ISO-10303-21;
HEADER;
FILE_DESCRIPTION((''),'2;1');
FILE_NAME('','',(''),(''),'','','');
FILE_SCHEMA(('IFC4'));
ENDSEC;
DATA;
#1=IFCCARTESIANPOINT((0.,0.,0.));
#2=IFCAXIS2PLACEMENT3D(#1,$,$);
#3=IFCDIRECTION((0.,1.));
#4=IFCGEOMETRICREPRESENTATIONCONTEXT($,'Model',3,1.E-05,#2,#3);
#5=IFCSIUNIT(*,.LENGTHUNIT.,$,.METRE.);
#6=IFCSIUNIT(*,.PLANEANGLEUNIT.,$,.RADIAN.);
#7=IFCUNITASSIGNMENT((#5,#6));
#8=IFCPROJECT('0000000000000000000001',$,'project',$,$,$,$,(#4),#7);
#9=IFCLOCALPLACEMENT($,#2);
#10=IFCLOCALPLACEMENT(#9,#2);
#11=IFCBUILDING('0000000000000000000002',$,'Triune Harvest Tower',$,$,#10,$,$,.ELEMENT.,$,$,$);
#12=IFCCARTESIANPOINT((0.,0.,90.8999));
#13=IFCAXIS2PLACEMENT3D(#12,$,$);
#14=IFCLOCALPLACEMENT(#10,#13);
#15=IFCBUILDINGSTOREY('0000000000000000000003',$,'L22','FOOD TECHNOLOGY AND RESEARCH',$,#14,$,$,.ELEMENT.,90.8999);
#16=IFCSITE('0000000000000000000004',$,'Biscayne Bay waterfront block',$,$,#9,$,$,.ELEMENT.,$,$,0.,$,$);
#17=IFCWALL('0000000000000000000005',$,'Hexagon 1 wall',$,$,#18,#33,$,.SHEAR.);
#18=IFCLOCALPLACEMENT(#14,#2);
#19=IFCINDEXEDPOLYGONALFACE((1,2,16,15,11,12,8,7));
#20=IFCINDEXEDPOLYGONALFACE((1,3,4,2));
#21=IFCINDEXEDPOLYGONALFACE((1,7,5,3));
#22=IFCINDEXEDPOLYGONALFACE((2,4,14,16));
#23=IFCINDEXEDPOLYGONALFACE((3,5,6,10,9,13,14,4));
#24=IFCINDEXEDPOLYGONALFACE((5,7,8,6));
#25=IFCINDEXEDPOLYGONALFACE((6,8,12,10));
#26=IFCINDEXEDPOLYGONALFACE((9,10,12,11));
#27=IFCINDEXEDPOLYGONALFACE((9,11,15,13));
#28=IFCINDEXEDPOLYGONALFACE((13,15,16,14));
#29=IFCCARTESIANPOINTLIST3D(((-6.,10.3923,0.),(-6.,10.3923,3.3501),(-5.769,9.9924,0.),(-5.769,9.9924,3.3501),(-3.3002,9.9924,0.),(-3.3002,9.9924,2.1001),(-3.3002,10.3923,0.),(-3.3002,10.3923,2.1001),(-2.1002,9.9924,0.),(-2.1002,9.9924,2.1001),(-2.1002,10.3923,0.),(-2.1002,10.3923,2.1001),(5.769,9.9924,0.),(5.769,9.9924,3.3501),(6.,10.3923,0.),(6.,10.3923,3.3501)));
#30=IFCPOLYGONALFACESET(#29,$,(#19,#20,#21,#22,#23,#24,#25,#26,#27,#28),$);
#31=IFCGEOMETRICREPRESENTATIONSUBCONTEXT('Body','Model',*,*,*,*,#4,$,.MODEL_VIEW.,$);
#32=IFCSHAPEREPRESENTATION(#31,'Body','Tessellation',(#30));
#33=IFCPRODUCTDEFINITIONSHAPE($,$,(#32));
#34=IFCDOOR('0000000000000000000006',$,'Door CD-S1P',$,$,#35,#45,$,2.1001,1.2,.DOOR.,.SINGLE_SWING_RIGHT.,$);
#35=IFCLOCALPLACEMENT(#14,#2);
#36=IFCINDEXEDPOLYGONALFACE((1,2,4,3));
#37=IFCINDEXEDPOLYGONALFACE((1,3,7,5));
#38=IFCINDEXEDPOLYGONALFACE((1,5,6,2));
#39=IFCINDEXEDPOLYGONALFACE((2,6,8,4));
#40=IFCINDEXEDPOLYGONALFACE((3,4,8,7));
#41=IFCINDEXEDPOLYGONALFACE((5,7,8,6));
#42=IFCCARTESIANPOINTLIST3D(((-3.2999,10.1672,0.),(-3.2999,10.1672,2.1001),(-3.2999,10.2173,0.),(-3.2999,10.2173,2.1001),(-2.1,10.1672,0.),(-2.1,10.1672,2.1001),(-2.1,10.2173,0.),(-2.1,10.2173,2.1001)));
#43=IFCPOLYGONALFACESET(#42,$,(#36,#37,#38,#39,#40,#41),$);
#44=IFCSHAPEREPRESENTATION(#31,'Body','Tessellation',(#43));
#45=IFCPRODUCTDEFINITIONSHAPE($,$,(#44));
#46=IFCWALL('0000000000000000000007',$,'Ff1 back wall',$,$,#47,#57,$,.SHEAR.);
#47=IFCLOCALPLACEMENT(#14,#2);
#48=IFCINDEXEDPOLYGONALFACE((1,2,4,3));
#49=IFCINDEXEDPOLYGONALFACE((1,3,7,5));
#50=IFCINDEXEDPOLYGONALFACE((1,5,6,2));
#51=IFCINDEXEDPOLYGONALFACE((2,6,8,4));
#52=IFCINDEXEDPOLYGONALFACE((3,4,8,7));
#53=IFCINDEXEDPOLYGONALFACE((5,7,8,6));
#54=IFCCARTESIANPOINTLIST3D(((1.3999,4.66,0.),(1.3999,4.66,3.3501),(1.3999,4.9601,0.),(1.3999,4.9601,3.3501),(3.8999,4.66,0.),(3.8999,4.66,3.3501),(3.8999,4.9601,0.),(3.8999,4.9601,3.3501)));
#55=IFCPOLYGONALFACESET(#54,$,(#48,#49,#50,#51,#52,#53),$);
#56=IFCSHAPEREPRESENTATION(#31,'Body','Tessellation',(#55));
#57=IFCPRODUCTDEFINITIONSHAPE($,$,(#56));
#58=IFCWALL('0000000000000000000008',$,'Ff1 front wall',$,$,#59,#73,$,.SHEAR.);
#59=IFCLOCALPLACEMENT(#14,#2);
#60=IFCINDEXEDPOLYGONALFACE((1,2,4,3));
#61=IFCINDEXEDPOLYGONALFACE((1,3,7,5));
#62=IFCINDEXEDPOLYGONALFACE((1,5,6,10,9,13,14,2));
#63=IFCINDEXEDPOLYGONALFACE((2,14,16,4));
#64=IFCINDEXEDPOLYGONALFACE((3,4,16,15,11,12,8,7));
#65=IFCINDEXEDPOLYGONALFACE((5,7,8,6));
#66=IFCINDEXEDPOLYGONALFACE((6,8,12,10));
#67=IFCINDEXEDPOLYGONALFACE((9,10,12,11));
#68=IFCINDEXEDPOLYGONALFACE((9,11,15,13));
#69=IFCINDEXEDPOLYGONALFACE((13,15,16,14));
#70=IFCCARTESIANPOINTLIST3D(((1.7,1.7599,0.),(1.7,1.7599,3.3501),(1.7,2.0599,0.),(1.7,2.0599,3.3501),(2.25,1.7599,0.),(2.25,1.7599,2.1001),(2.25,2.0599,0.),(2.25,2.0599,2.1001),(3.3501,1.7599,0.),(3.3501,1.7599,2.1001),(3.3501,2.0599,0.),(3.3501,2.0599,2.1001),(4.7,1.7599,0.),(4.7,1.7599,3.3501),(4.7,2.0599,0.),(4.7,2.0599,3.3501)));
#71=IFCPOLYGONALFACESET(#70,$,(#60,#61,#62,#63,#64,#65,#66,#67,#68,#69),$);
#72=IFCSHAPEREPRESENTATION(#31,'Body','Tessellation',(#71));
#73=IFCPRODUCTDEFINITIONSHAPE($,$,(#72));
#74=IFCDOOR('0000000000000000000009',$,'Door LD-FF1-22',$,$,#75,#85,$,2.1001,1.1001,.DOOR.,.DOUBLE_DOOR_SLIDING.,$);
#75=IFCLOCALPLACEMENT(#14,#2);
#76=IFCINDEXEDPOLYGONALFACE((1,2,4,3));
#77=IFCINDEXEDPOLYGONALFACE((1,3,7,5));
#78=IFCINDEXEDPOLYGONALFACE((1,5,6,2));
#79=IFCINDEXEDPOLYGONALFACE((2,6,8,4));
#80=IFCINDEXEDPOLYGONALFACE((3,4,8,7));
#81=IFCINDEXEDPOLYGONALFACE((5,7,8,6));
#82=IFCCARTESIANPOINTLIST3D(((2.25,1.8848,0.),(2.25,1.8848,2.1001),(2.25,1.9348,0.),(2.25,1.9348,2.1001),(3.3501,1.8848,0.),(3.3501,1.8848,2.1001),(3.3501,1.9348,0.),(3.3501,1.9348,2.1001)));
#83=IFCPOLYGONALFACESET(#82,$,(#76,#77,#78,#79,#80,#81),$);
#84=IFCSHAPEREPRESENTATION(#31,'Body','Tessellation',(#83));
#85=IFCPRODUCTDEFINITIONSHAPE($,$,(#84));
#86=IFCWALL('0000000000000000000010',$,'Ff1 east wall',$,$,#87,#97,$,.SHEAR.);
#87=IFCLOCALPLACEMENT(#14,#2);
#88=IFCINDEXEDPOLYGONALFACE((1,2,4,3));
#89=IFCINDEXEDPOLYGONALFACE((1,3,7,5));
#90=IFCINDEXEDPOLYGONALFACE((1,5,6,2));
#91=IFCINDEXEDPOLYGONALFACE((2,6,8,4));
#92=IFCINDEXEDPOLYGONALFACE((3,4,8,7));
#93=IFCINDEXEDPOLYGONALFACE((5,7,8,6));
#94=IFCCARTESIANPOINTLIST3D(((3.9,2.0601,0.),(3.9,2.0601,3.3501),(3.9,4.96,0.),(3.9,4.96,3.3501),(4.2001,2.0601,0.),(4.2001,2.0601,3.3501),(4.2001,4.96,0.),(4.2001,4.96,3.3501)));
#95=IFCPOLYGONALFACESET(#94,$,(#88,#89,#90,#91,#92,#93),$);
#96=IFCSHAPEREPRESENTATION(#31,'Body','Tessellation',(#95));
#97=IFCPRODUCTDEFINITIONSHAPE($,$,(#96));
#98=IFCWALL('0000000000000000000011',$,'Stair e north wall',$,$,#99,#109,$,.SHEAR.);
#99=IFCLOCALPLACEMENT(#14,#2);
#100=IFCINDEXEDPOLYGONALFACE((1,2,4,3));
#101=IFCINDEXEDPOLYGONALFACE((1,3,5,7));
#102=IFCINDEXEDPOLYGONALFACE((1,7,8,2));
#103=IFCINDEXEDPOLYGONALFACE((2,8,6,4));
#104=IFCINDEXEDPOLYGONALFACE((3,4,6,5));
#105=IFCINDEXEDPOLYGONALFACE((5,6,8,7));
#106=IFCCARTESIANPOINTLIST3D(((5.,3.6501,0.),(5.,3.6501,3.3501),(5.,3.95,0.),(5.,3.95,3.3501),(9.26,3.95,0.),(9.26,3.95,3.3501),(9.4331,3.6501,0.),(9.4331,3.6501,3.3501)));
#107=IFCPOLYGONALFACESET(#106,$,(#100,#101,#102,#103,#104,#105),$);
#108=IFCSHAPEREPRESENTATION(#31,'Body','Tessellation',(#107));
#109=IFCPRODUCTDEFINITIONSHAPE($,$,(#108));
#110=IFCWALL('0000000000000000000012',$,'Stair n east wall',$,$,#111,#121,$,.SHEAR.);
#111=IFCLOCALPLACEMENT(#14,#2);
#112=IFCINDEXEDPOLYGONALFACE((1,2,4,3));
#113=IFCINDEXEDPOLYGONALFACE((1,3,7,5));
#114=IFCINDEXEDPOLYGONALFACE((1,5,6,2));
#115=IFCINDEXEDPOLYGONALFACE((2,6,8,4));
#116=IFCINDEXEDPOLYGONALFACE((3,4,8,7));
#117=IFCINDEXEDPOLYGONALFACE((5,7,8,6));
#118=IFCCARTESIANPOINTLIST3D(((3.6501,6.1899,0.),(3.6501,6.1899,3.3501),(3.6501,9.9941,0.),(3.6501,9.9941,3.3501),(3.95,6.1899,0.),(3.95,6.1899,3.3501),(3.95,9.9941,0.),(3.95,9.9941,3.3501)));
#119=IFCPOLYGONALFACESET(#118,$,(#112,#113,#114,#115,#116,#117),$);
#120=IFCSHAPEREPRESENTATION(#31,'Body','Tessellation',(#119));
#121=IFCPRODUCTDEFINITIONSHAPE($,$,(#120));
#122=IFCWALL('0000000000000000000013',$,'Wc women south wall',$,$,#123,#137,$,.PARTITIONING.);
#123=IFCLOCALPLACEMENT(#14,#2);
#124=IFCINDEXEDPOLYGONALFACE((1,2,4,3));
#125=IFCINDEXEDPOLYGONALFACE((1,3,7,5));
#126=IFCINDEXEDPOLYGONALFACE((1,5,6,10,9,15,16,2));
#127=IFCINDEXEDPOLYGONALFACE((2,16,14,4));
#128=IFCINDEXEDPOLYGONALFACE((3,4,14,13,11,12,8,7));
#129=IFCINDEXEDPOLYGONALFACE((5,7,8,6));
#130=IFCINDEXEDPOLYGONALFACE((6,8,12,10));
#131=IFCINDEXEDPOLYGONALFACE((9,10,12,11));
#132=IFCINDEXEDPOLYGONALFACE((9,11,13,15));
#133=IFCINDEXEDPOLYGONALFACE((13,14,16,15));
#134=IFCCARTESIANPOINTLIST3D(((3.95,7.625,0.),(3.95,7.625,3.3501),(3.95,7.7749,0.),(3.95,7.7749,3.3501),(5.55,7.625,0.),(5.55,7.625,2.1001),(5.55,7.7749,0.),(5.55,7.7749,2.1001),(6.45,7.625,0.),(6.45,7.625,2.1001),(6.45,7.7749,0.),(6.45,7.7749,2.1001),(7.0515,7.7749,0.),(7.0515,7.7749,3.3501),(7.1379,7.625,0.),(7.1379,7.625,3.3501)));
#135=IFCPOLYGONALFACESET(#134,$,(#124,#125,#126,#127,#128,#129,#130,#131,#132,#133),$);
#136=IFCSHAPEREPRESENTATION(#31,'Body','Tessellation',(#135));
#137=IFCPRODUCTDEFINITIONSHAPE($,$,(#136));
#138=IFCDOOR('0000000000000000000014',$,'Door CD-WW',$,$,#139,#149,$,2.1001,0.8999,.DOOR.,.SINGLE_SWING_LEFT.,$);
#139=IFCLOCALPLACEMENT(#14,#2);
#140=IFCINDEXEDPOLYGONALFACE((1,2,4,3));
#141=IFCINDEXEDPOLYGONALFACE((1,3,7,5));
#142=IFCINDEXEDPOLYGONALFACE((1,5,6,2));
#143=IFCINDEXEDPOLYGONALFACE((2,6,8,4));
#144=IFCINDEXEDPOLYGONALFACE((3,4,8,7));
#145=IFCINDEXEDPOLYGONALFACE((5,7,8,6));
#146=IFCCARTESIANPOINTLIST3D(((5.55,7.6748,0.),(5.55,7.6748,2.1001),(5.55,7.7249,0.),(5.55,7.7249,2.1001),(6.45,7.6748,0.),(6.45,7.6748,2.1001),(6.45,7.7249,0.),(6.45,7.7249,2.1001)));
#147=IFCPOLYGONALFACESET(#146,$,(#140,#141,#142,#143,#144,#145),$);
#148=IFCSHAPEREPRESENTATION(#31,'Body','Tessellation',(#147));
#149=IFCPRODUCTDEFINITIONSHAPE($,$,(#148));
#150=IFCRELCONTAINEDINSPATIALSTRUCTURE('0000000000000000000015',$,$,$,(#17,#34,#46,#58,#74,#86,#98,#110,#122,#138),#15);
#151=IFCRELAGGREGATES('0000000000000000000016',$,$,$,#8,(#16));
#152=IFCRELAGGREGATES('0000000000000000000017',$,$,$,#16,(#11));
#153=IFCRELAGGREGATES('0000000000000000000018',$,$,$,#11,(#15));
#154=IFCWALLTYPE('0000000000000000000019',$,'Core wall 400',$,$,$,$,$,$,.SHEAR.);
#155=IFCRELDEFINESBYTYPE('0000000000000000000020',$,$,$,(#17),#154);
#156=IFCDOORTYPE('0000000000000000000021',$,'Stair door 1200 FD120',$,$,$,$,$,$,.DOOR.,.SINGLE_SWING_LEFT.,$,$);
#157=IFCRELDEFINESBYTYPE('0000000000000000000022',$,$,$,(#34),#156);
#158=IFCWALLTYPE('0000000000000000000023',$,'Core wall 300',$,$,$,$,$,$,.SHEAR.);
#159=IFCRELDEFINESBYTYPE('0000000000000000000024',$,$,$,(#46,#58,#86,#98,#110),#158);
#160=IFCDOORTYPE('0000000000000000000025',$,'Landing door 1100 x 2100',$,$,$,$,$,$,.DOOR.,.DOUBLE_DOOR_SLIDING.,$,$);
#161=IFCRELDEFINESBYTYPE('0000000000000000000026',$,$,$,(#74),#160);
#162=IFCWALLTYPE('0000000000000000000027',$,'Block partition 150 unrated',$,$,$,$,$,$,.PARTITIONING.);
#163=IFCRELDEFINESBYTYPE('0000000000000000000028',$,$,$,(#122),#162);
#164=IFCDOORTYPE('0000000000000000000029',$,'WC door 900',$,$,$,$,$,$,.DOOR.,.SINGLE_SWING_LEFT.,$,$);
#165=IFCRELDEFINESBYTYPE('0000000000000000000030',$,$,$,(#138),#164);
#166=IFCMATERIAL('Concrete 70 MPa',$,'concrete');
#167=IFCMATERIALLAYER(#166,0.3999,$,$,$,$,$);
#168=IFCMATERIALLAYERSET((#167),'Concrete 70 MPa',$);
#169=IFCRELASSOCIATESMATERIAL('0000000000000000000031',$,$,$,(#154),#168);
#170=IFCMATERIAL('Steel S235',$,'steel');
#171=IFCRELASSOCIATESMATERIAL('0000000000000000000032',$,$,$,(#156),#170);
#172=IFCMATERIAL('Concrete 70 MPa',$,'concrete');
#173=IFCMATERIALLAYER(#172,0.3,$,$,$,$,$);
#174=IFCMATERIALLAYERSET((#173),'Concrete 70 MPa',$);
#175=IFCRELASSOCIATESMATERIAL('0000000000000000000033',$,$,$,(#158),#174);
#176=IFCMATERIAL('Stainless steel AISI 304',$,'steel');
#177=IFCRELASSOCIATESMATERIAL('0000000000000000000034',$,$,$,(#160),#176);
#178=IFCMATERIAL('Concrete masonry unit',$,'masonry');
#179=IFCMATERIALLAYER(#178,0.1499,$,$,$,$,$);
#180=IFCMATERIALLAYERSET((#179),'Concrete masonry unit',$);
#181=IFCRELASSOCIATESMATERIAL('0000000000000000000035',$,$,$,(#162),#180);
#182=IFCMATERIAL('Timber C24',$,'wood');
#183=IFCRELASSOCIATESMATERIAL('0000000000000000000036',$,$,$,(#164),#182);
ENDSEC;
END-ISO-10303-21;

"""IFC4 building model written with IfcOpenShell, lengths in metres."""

from ifc_helpers import new_model, si_unit, direction, frame, frame_2d, origin, place, context, subcontext, project, spatial, polyline, rectangle, outline, extrude, source, transform, mapped, material, layer, layer_set, type_object, element, fill, save


model = new_model("IFC4")

# Units and contexts
model_context = context("Model", 3, precision=1e-05, world=origin(), true_north=direction((0.0, 1.0)))
body_context = subcontext(model_context, "Body", "Model", "MODEL_VIEW")
ifc_project = project(units=[si_unit("LENGTHUNIT", "METRE"), si_unit("PLANEANGLEUNIT", "RADIAN")], contexts=[model_context])

# Site, building, storey
site_placement = place(None, origin())
site = spatial("IfcSite", under=ifc_project, at=site_placement, Name="Biscayne Bay waterfront block", CompositionType="ELEMENT", RefElevation=0.0)
building_placement = place(site_placement, origin())
building = spatial("IfcBuilding", under=site, at=building_placement, Name="Triune Harvest Tower", CompositionType="ELEMENT")
storey_placement = place(building_placement, frame((0.0, 0.0, 90.8999)))
storey = spatial("IfcBuildingStorey", under=building, at=storey_placement, Name="L22", Description="FOOD TECHNOLOGY AND RESEARCH", CompositionType="ELEMENT", Elevation=90.8999)

# Wall, opening, door
ifc_material_1 = material(Name="Concrete 70 MPa", Category="concrete")
ifc_layer_1 = layer(ifc_material_1, 0.3999)
ifc_layer_set_1 = layer_set([ifc_layer_1], Name="Concrete 70 MPa")
wall_type_1 = type_object("IfcWallType", Name="Core wall 400", PredefinedType="SHEAR", material=ifc_layer_set_1)
shared_shape_1 = source(origin(), body_context, "Body", "SweptSolid", [
    extrude(outline(polyline([(-0.1155, -0.2), (11.8845, -0.2), (11.6536, 0.2), (0.1155, 0.2), (-0.1155, -0.2)])), origin(), (0.0, 0.0, 1.0), 3.3501),
])
wall_1_placement = place(storey_placement, frame((5.8845, 10.1924, 0.0), z_axis=(0.0, 0.0, 1.0), x_axis=(-1.0, 0.0, 0.0)))
wall_1 = element("IfcWall", 1, at=wall_1_placement, inside=storey, type_object=wall_type_1, Name="Hexagon 1 wall", PredefinedType="SHEAR", context=body_context, shape_type="MappedRepresentation", body=[
    mapped(shared_shape_1, transform((0.0, 0.0, 0.0), scale=1.0)),
])
opening_1_placement = place(wall_1_placement, frame((7.9846, 0.0, 0.0)))
opening_1 = element("IfcOpeningElement", 2, at=opening_1_placement, cuts=wall_1, PredefinedType="OPENING", context=body_context, shape_type="SweptSolid", body=[
    extrude(rectangle(XDim=1.2, YDim=2.1001, at=frame_2d((0.6001, 1.05))), frame((0.0, 0.21, 0.0), z_axis=(0.0, -1.0, 0.0), x_axis=(1.0, 0.0, 0.0)), (0.0, 0.0, 1.0), 0.4199),
])
ifc_material_2 = material(Name="Steel S235", Category="steel")
door_type_1 = type_object("IfcDoorType", Name="Stair door 1200 FD120", OperationType="SINGLE_SWING_LEFT", PredefinedType="DOOR", material=ifc_material_2)
door_1_placement = place(opening_1_placement, frame((1.2, 0.0, 0.0), z_axis=(0.0, 0.0, 1.0), x_axis=(-1.0, 0.0, 0.0)))
door_1 = element("IfcDoor", 3, at=door_1_placement, inside=storey, type_object=door_type_1, Name="Door CD-S1P", OperationType="SINGLE_SWING_RIGHT", OverallHeight=2.1001, OverallWidth=1.2, PredefinedType="DOOR", context=body_context, shape_type="SweptSolid", body=[
    extrude(rectangle(XDim=1.2, YDim=2.1001, at=frame_2d((0.6001, 1.05))), frame((0.0, 0.0249, 0.0), z_axis=(0.0, -1.0, 0.0), x_axis=(1.0, 0.0, 0.0)), (0.0, 0.0, 1.0), 0.05),
])
fill(opening_1, door_1)

# Wall
ifc_material_3 = material(Name="Concrete 70 MPa", Category="concrete")
ifc_layer_2 = layer(ifc_material_3, 0.3)
ifc_layer_set_2 = layer_set([ifc_layer_2], Name="Concrete 70 MPa")
wall_type_2 = type_object("IfcWallType", Name="Core wall 300", PredefinedType="SHEAR", material=ifc_layer_set_2)
shared_shape_2 = source(origin(), body_context, "Body", "SweptSolid", [
    extrude(rectangle(XDim=2.5, YDim=0.3, at=frame_2d((1.25, 0.0))), origin(), (0.0, 0.0, 1.0), 3.3501),
])
wall_2_placement = place(storey_placement, frame((1.3999, 4.8101, 0.0), z_axis=(0.0, 0.0, 1.0), x_axis=(1.0, 0.0, 0.0)))
element("IfcWall", 4, at=wall_2_placement, inside=storey, type_object=wall_type_2, Name="Ff1 back wall", PredefinedType="SHEAR", context=body_context, shape_type="MappedRepresentation", body=[
    mapped(shared_shape_2, transform((0.0, 0.0, 0.0), scale=1.0)),
])

# Wall, opening, door
shared_shape_3 = source(origin(), body_context, "Body", "SweptSolid", [
    extrude(rectangle(XDim=3.0, YDim=0.3, at=frame_2d((1.5, 0.0))), origin(), (0.0, 0.0, 1.0), 3.3501),
])
wall_3_placement = place(storey_placement, frame((1.7, 1.9099, 0.0), z_axis=(0.0, 0.0, 1.0), x_axis=(1.0, 0.0, 0.0)))
wall_3 = element("IfcWall", 5, at=wall_3_placement, inside=storey, type_object=wall_type_2, Name="Ff1 front wall", PredefinedType="SHEAR", context=body_context, shape_type="MappedRepresentation", body=[
    mapped(shared_shape_3, transform((0.0, 0.0, 0.0), scale=1.0)),
])
opening_2_placement = place(wall_3_placement, frame((0.55, 0.0, 0.0)))
opening_2 = element("IfcOpeningElement", 6, at=opening_2_placement, cuts=wall_3, PredefinedType="OPENING", context=body_context, shape_type="SweptSolid", body=[
    extrude(rectangle(XDim=1.1001, YDim=2.1001, at=frame_2d((0.55, 1.05))), frame((0.0, 0.1602, 0.0), z_axis=(0.0, -1.0, 0.0), x_axis=(1.0, 0.0, 0.0)), (0.0, 0.0, 1.0), 0.3201),
])
ifc_material_4 = material(Name="Stainless steel AISI 304", Category="steel")
door_type_2 = type_object("IfcDoorType", Name="Landing door 1100 x 2100", OperationType="DOUBLE_DOOR_SLIDING", PredefinedType="DOOR", material=ifc_material_4)
door_2_placement = place(opening_2_placement, origin())
door_2 = element("IfcDoor", 7, at=door_2_placement, inside=storey, type_object=door_type_2, Name="Door LD-FF1-22", OperationType="DOUBLE_DOOR_SLIDING", OverallHeight=2.1001, OverallWidth=1.1001, PredefinedType="DOOR", context=body_context, shape_type="SweptSolid", body=[
    extrude(rectangle(XDim=1.1001, YDim=2.1001, at=frame_2d((0.55, 1.05))), frame((0.0, 0.0249, 0.0), z_axis=(0.0, -1.0, 0.0), x_axis=(1.0, 0.0, 0.0)), (0.0, 0.0, 1.0), 0.05),
])
fill(opening_2, door_2)

# Walls
shared_shape_4 = source(origin(), body_context, "Body", "SweptSolid", [
    extrude(rectangle(XDim=2.8999, YDim=0.3, at=frame_2d((1.45, 0.0))), origin(), (0.0, 0.0, 1.0), 3.3501),
])
wall_4_placement = place(storey_placement, frame((4.05, 2.0601, 0.0), z_axis=(0.0, 0.0, 1.0), x_axis=(0.0, 1.0, 0.0)))
element("IfcWall", 8, at=wall_4_placement, inside=storey, type_object=wall_type_2, Name="Ff1 east wall", PredefinedType="SHEAR", context=body_context, shape_type="MappedRepresentation", body=[
    mapped(shared_shape_4, transform((0.0, 0.0, 0.0), scale=1.0)),
])
shared_shape_5 = source(origin(), body_context, "Body", "SweptSolid", [
    extrude(outline(polyline([(0.0, -0.1499), (0.0, 0.1499), (4.26, 0.1499), (4.4331, -0.1499), (0.0, -0.1499)])), origin(), (0.0, 0.0, 1.0), 3.3501),
])
wall_5_placement = place(storey_placement, frame((5.0, 3.8, 0.0), z_axis=(0.0, 0.0, 1.0), x_axis=(1.0, 0.0, 0.0)))
element("IfcWall", 9, at=wall_5_placement, inside=storey, type_object=wall_type_2, Name="Stair e north wall", PredefinedType="SHEAR", context=body_context, shape_type="MappedRepresentation", body=[
    mapped(shared_shape_5, transform((0.0, 0.0, 0.0), scale=1.0)),
])
shared_shape_6 = source(origin(), body_context, "Body", "SweptSolid", [
    extrude(outline(polyline([(0.0, -0.1499), (0.0, 0.1499), (3.8042, 0.1499), (3.8042, -0.1499), (0.0, -0.1499)])), origin(), (0.0, 0.0, 1.0), 3.3501),
])
wall_6_placement = place(storey_placement, frame((3.8, 6.1899, 0.0), z_axis=(0.0, 0.0, 1.0), x_axis=(0.0, 1.0, 0.0)))
element("IfcWall", 10, at=wall_6_placement, inside=storey, type_object=wall_type_2, Name="Stair n east wall", PredefinedType="SHEAR", context=body_context, shape_type="MappedRepresentation", body=[
    mapped(shared_shape_6, transform((0.0, 0.0, 0.0), scale=1.0)),
])

# Wall, opening, door
ifc_material_5 = material(Name="Concrete masonry unit", Category="masonry")
ifc_layer_3 = layer(ifc_material_5, 0.1499)
ifc_layer_set_3 = layer_set([ifc_layer_3], Name="Concrete masonry unit")
wall_type_3 = type_object("IfcWallType", Name="Block partition 150 unrated", PredefinedType="PARTITIONING", material=ifc_layer_set_3)
shared_shape_7 = source(origin(), body_context, "Body", "SweptSolid", [
    extrude(outline(polyline([(0.0, -0.075), (0.0, 0.075), (3.1016, 0.075), (3.188, -0.075), (0.0, -0.075)])), origin(), (0.0, 0.0, 1.0), 3.3501),
])
wall_7_placement = place(storey_placement, frame((3.95, 7.7, 0.0), z_axis=(0.0, 0.0, 1.0), x_axis=(1.0, 0.0, 0.0)))
wall_7 = element("IfcWall", 11, at=wall_7_placement, inside=storey, type_object=wall_type_3, Name="Wc women south wall", PredefinedType="PARTITIONING", context=body_context, shape_type="MappedRepresentation", body=[
    mapped(shared_shape_7, transform((0.0, 0.0, 0.0), scale=1.0)),
])
opening_3_placement = place(wall_7_placement, frame((1.6001, 0.0, 0.0)))
opening_3 = element("IfcOpeningElement", 12, at=opening_3_placement, cuts=wall_7, PredefinedType="OPENING", context=body_context, shape_type="SweptSolid", body=[
    extrude(rectangle(XDim=0.8999, YDim=2.1001, at=frame_2d((0.45, 1.05))), frame((0.0, 0.085, 0.0), z_axis=(0.0, -1.0, 0.0), x_axis=(1.0, 0.0, 0.0)), (0.0, 0.0, 1.0), 0.1699),
])
ifc_material_6 = material(Name="Timber C24", Category="wood")
door_type_3 = type_object("IfcDoorType", Name="WC door 900", OperationType="SINGLE_SWING_LEFT", PredefinedType="DOOR", material=ifc_material_6)
door_3_placement = place(opening_3_placement, origin())
door_3 = element("IfcDoor", 13, at=door_3_placement, inside=storey, type_object=door_type_3, Name="Door CD-WW", OperationType="SINGLE_SWING_LEFT", OverallHeight=2.1001, OverallWidth=0.8999, PredefinedType="DOOR", context=body_context, shape_type="SweptSolid", body=[
    extrude(rectangle(XDim=0.8999, YDim=2.1001, at=frame_2d((0.45, 1.05))), frame((0.0, 0.0249, 0.0), z_axis=(0.0, -1.0, 0.0), x_axis=(1.0, 0.0, 0.0)), (0.0, 0.0, 1.0), 0.05),
])
fill(opening_3, door_3)

save(model, "model.ifc")
